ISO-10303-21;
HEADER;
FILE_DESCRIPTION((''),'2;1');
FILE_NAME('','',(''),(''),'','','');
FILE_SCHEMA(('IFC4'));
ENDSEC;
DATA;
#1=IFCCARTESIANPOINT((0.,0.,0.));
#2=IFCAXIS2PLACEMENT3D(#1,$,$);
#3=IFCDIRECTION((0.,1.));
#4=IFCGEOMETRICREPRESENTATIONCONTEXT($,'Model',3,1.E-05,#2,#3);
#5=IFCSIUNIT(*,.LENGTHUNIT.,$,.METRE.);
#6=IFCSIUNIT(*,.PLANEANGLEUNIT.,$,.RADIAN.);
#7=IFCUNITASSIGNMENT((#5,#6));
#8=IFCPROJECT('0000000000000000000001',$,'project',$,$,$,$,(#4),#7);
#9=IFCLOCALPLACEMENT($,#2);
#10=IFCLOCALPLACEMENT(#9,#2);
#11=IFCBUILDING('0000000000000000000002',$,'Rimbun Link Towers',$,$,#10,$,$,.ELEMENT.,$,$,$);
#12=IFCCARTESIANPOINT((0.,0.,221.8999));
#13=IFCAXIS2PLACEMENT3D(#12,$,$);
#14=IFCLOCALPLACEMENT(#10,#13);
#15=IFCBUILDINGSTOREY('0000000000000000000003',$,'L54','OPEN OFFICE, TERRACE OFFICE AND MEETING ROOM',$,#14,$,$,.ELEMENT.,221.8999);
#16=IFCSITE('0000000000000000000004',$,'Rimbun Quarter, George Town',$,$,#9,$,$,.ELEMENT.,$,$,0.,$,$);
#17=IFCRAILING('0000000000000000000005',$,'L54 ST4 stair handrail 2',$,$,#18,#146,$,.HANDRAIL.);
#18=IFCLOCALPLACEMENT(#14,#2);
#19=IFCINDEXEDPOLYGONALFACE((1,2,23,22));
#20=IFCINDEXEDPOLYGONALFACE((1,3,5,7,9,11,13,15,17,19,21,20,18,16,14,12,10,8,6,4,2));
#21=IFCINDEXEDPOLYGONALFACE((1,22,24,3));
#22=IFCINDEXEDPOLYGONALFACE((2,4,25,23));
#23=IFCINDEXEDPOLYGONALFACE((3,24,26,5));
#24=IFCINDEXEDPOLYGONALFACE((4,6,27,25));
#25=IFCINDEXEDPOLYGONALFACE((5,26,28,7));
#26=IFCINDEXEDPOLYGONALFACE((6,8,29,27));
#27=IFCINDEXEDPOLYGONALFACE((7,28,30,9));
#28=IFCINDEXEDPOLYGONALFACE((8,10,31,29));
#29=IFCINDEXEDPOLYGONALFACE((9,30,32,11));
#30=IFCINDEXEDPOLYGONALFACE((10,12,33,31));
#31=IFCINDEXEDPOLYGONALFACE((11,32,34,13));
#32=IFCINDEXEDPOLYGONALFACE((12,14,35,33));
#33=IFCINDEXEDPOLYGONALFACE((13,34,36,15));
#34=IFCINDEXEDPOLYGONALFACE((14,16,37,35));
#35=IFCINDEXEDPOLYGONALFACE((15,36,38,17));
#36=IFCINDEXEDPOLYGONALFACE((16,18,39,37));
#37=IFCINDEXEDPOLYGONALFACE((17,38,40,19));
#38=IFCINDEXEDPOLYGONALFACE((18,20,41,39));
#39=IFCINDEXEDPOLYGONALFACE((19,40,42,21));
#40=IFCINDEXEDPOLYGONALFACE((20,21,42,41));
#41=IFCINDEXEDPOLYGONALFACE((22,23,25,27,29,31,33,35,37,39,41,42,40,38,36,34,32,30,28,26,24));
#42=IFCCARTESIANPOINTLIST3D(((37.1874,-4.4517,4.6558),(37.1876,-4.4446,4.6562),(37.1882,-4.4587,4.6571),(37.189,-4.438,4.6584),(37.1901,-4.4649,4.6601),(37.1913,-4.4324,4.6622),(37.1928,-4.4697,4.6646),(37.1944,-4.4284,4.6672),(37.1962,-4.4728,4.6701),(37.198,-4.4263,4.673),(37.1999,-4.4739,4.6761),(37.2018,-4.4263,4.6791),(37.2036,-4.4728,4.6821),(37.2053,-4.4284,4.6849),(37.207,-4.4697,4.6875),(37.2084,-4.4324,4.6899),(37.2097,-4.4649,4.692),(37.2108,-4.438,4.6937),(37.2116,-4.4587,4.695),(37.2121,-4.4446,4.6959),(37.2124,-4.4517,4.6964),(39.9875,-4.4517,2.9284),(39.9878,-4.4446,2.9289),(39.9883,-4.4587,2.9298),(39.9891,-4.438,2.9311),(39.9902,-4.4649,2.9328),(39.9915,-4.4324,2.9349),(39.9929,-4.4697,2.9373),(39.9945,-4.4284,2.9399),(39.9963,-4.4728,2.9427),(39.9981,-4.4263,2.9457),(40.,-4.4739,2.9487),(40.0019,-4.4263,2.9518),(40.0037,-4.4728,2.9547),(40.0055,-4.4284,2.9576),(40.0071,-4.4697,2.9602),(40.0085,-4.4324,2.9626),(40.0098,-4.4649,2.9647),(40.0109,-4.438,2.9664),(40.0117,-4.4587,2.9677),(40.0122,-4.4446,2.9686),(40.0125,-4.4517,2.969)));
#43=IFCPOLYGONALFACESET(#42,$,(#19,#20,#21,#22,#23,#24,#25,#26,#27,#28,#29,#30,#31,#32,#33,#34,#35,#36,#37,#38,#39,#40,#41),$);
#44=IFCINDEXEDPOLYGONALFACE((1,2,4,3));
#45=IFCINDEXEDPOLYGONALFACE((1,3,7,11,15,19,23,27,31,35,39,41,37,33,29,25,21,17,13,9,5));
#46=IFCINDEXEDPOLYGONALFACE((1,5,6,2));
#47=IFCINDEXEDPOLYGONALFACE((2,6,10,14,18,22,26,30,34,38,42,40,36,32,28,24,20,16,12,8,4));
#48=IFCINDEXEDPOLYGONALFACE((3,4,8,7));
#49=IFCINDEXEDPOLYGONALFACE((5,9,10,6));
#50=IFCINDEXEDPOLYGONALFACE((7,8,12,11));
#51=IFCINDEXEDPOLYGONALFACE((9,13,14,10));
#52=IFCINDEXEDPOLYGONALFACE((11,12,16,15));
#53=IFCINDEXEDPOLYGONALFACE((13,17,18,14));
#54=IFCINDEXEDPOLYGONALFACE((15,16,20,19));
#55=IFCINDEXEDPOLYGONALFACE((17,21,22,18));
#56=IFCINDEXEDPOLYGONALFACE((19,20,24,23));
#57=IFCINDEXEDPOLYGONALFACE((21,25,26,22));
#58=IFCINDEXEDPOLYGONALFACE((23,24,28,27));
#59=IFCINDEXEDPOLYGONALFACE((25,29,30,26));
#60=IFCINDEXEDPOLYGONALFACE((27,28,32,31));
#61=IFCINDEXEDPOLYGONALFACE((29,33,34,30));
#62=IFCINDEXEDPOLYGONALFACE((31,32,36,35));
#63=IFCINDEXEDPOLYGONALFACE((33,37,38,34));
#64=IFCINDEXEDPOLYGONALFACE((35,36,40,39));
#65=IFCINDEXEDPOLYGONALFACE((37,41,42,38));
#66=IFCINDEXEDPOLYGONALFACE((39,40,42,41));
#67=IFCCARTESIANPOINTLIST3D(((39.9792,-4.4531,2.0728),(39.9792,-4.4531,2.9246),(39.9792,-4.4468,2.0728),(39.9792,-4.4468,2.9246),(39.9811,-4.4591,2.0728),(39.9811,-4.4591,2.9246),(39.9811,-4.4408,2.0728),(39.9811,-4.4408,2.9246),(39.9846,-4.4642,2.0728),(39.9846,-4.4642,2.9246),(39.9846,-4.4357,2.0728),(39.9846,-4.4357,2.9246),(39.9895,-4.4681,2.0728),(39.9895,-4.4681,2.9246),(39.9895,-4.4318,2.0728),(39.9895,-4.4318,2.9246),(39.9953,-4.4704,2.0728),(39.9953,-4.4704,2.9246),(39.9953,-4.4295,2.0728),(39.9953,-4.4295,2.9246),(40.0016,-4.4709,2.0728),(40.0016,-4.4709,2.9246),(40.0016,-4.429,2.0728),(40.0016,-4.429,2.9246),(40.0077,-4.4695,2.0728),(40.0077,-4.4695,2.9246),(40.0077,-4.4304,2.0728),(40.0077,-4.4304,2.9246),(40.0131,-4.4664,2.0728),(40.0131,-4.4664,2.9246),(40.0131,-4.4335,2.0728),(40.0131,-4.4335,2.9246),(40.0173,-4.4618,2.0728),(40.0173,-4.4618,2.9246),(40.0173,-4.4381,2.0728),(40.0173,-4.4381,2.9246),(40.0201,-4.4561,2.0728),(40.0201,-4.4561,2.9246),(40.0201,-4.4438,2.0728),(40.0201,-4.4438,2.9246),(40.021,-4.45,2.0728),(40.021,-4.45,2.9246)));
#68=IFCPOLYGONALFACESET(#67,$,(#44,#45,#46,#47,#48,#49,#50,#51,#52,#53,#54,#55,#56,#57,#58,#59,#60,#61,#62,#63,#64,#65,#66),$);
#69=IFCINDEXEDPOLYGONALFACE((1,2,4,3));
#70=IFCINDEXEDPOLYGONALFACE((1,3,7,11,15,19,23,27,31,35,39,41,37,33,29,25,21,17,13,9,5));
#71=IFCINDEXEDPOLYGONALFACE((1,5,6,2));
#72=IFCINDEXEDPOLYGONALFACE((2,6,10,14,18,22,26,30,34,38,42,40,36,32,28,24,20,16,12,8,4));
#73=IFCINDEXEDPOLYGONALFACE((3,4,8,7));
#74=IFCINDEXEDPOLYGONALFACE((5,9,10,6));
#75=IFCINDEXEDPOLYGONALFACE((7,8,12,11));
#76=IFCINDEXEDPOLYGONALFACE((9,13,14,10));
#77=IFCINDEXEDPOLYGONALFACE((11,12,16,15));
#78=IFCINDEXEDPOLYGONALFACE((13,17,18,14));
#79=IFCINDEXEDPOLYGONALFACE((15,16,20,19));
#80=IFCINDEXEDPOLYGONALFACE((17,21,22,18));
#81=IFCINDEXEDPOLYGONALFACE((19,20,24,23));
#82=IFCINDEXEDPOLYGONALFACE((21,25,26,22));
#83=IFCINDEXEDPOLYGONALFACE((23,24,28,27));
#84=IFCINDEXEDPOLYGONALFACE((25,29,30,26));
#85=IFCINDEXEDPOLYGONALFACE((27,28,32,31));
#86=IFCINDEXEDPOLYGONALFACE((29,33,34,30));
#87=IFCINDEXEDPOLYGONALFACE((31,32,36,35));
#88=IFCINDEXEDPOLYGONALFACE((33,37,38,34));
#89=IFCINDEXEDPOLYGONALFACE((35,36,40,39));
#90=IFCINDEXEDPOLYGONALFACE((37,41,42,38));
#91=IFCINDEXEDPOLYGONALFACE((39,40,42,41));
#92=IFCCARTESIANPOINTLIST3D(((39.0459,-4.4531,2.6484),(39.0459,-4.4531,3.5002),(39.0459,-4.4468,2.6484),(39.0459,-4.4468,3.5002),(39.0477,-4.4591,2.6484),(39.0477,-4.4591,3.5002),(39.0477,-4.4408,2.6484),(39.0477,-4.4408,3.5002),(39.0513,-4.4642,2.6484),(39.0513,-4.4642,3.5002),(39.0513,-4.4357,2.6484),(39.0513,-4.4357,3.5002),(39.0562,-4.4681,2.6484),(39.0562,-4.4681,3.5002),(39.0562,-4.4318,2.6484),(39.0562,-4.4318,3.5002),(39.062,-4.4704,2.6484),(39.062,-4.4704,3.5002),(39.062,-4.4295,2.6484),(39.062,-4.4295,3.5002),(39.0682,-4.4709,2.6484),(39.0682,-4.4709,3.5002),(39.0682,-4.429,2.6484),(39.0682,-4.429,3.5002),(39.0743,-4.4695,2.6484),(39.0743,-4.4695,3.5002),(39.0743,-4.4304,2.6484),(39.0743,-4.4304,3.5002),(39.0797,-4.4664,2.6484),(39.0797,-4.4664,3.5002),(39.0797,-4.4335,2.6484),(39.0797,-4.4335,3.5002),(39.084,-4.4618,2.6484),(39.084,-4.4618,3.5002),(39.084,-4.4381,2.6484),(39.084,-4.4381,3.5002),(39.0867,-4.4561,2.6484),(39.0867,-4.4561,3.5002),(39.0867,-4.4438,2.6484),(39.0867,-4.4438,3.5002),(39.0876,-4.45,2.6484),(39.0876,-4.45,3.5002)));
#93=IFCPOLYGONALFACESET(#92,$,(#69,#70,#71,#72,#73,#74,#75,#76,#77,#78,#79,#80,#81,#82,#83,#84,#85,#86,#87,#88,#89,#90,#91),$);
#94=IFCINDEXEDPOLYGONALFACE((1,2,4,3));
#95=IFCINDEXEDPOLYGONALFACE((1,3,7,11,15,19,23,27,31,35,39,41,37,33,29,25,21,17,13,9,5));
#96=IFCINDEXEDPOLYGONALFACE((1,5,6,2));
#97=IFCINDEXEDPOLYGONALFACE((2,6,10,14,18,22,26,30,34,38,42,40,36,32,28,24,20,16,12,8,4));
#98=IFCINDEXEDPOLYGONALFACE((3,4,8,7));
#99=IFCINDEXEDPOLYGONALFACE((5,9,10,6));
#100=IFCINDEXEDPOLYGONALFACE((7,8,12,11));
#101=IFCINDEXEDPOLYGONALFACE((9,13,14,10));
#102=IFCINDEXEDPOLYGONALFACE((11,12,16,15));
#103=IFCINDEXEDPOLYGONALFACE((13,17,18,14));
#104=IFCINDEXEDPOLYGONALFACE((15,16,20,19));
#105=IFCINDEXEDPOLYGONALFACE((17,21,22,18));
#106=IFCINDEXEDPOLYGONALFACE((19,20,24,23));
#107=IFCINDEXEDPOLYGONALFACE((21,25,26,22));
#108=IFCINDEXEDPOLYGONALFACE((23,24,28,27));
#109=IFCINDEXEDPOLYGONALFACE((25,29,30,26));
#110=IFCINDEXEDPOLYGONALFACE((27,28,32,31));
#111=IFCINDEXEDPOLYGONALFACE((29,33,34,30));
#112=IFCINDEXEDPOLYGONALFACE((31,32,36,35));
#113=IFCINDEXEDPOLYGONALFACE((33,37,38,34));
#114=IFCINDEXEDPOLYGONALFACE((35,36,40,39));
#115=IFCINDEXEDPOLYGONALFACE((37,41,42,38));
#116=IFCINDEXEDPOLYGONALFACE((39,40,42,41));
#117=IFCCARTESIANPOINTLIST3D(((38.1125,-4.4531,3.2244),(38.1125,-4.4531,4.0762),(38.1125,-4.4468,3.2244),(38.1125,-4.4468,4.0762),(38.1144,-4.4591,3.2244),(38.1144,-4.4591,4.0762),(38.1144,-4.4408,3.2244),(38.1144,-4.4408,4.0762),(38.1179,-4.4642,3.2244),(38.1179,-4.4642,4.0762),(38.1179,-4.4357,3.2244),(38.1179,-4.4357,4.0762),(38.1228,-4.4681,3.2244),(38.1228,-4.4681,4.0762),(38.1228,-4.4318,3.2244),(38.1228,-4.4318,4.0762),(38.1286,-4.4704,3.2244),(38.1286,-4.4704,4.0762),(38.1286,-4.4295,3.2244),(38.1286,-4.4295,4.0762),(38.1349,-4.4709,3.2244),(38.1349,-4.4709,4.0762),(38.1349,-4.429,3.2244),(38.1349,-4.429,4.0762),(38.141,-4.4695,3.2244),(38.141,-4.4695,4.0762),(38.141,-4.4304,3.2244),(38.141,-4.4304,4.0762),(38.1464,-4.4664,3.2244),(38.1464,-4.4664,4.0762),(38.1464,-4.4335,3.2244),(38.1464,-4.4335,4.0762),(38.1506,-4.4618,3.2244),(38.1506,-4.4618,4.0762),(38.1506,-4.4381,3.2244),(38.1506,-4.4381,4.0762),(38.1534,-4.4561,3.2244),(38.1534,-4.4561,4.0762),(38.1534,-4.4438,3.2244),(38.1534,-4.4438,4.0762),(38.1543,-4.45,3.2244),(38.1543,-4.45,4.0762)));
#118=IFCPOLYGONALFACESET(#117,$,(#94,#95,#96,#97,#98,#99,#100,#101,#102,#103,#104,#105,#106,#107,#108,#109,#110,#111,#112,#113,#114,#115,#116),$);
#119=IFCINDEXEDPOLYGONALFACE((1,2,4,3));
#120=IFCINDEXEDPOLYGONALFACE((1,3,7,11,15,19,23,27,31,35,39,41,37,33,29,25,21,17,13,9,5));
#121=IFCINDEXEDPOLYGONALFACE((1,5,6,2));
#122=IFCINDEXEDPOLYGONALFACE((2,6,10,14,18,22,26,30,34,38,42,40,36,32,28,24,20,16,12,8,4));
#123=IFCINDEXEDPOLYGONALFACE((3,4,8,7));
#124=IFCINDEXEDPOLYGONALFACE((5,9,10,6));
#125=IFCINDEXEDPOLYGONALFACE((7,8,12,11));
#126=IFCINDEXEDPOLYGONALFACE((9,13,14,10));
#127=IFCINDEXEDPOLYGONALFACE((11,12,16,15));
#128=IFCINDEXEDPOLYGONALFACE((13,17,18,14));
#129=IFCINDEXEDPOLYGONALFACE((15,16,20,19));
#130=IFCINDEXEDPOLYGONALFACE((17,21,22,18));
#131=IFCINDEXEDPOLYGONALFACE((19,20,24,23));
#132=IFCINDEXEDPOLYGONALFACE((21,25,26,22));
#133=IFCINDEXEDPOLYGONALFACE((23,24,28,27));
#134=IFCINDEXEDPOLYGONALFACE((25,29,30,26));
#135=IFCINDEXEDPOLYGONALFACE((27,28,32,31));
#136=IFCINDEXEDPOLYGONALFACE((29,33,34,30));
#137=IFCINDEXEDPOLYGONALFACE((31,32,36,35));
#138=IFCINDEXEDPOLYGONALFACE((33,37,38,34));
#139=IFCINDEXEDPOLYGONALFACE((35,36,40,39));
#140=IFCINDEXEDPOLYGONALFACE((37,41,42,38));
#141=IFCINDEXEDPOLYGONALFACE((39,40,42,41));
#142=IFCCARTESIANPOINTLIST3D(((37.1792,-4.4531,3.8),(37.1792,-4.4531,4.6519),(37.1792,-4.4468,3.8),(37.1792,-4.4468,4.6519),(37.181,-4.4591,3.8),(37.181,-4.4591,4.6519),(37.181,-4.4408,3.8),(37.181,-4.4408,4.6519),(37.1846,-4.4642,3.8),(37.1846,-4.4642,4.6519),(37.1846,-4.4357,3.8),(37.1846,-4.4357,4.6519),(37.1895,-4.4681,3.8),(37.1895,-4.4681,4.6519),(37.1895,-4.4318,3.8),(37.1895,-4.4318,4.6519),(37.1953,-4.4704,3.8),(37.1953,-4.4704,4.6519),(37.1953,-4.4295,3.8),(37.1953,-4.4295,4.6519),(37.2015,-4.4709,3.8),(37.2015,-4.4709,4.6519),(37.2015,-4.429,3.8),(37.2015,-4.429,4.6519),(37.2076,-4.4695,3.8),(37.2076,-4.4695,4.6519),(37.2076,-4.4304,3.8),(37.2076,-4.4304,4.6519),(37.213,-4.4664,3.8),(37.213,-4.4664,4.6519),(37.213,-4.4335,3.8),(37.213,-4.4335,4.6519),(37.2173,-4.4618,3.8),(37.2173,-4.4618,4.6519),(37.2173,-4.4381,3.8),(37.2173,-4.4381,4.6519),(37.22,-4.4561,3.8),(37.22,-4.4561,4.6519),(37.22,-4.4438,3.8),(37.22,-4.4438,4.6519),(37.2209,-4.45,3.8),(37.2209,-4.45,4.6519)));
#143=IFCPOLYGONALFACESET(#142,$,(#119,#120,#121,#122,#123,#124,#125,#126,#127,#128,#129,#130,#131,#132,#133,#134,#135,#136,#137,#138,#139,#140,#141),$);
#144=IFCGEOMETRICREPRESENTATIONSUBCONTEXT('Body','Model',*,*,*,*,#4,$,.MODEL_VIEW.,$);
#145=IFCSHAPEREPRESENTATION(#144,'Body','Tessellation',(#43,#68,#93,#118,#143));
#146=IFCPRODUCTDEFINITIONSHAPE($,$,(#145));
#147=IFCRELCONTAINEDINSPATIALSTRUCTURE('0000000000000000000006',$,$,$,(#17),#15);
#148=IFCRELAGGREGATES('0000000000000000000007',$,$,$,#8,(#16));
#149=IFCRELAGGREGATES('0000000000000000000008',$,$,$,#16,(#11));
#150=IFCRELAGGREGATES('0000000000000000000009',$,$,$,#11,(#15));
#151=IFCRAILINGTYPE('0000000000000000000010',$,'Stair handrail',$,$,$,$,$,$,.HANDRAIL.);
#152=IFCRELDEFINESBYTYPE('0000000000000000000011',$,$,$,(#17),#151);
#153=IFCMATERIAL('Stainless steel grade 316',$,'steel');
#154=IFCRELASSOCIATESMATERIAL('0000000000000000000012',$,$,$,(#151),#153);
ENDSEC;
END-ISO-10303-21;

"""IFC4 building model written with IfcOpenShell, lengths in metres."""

from ifc_helpers import new_model, si_unit, direction, frame, origin, origin_2d, place, context, subcontext, project, spatial, circle, extrude, material, type_object, element, save


model = new_model("IFC4")

# Units and contexts
model_context = context("Model", 3, precision=1e-05, world=origin(), true_north=direction((0.0, 1.0)))
body_context = subcontext(model_context, "Body", "Model", "MODEL_VIEW")
ifc_project = project(units=[si_unit("LENGTHUNIT", "METRE"), si_unit("PLANEANGLEUNIT", "RADIAN")], contexts=[model_context])

# Site, building, storey
site_placement = place(None, origin())
site = spatial("IfcSite", under=ifc_project, at=site_placement, Name="Rimbun Quarter, George Town", CompositionType="ELEMENT", RefElevation=0.0)
building_placement = place(site_placement, origin())
building = spatial("IfcBuilding", under=site, at=building_placement, Name="Rimbun Link Towers", CompositionType="ELEMENT")
storey_placement = place(building_placement, frame((0.0, 0.0, 221.8999)))
storey = spatial("IfcBuildingStorey", under=building, at=storey_placement, Name="L54", Description="OPEN OFFICE, TERRACE OFFICE AND MEETING ROOM", CompositionType="ELEMENT", Elevation=221.8999)

# Railing
ifc_material_1 = material(Name="Stainless steel grade 316", Category="steel")
railing_type_1 = type_object("IfcRailingType", Name="Stair handrail", PredefinedType="HANDRAIL", material=ifc_material_1)
railing_1_placement = place(storey_placement, frame((40.0, -4.45, 2.0728)))
element("IfcRailing", 1, at=railing_1_placement, inside=storey, type_object=railing_type_1, Name="L54 ST4 stair handrail 2", PredefinedType="HANDRAIL", context=body_context, shape_type="SweptSolid", body=[
    extrude(circle(Radius=0.0239, at=origin_2d()), frame((0.0, 0.0, 0.876), z_axis=(-0.85109, 0.0, 0.52502), x_axis=(0.0, -1.0, 0.0)), (0.0, 0.0, 1.0), 3.29),
    extrude(circle(Radius=0.021, at=origin_2d()), origin(), (0.0, 0.0, 1.0), 0.8518),
    extrude(circle(Radius=0.021, at=origin_2d()), frame((-0.9333, 0.0, 0.5757)), (0.0, 0.0, 1.0), 0.8518),
    extrude(circle(Radius=0.021, at=origin_2d()), frame((-1.8667, 0.0, 1.1516)), (0.0, 0.0, 1.0), 0.8518),
    extrude(circle(Radius=0.021, at=origin_2d()), frame((-2.8, 0.0, 1.7273)), (0.0, 0.0, 1.0), 0.8518),
])

save(model, "model.ifc")
